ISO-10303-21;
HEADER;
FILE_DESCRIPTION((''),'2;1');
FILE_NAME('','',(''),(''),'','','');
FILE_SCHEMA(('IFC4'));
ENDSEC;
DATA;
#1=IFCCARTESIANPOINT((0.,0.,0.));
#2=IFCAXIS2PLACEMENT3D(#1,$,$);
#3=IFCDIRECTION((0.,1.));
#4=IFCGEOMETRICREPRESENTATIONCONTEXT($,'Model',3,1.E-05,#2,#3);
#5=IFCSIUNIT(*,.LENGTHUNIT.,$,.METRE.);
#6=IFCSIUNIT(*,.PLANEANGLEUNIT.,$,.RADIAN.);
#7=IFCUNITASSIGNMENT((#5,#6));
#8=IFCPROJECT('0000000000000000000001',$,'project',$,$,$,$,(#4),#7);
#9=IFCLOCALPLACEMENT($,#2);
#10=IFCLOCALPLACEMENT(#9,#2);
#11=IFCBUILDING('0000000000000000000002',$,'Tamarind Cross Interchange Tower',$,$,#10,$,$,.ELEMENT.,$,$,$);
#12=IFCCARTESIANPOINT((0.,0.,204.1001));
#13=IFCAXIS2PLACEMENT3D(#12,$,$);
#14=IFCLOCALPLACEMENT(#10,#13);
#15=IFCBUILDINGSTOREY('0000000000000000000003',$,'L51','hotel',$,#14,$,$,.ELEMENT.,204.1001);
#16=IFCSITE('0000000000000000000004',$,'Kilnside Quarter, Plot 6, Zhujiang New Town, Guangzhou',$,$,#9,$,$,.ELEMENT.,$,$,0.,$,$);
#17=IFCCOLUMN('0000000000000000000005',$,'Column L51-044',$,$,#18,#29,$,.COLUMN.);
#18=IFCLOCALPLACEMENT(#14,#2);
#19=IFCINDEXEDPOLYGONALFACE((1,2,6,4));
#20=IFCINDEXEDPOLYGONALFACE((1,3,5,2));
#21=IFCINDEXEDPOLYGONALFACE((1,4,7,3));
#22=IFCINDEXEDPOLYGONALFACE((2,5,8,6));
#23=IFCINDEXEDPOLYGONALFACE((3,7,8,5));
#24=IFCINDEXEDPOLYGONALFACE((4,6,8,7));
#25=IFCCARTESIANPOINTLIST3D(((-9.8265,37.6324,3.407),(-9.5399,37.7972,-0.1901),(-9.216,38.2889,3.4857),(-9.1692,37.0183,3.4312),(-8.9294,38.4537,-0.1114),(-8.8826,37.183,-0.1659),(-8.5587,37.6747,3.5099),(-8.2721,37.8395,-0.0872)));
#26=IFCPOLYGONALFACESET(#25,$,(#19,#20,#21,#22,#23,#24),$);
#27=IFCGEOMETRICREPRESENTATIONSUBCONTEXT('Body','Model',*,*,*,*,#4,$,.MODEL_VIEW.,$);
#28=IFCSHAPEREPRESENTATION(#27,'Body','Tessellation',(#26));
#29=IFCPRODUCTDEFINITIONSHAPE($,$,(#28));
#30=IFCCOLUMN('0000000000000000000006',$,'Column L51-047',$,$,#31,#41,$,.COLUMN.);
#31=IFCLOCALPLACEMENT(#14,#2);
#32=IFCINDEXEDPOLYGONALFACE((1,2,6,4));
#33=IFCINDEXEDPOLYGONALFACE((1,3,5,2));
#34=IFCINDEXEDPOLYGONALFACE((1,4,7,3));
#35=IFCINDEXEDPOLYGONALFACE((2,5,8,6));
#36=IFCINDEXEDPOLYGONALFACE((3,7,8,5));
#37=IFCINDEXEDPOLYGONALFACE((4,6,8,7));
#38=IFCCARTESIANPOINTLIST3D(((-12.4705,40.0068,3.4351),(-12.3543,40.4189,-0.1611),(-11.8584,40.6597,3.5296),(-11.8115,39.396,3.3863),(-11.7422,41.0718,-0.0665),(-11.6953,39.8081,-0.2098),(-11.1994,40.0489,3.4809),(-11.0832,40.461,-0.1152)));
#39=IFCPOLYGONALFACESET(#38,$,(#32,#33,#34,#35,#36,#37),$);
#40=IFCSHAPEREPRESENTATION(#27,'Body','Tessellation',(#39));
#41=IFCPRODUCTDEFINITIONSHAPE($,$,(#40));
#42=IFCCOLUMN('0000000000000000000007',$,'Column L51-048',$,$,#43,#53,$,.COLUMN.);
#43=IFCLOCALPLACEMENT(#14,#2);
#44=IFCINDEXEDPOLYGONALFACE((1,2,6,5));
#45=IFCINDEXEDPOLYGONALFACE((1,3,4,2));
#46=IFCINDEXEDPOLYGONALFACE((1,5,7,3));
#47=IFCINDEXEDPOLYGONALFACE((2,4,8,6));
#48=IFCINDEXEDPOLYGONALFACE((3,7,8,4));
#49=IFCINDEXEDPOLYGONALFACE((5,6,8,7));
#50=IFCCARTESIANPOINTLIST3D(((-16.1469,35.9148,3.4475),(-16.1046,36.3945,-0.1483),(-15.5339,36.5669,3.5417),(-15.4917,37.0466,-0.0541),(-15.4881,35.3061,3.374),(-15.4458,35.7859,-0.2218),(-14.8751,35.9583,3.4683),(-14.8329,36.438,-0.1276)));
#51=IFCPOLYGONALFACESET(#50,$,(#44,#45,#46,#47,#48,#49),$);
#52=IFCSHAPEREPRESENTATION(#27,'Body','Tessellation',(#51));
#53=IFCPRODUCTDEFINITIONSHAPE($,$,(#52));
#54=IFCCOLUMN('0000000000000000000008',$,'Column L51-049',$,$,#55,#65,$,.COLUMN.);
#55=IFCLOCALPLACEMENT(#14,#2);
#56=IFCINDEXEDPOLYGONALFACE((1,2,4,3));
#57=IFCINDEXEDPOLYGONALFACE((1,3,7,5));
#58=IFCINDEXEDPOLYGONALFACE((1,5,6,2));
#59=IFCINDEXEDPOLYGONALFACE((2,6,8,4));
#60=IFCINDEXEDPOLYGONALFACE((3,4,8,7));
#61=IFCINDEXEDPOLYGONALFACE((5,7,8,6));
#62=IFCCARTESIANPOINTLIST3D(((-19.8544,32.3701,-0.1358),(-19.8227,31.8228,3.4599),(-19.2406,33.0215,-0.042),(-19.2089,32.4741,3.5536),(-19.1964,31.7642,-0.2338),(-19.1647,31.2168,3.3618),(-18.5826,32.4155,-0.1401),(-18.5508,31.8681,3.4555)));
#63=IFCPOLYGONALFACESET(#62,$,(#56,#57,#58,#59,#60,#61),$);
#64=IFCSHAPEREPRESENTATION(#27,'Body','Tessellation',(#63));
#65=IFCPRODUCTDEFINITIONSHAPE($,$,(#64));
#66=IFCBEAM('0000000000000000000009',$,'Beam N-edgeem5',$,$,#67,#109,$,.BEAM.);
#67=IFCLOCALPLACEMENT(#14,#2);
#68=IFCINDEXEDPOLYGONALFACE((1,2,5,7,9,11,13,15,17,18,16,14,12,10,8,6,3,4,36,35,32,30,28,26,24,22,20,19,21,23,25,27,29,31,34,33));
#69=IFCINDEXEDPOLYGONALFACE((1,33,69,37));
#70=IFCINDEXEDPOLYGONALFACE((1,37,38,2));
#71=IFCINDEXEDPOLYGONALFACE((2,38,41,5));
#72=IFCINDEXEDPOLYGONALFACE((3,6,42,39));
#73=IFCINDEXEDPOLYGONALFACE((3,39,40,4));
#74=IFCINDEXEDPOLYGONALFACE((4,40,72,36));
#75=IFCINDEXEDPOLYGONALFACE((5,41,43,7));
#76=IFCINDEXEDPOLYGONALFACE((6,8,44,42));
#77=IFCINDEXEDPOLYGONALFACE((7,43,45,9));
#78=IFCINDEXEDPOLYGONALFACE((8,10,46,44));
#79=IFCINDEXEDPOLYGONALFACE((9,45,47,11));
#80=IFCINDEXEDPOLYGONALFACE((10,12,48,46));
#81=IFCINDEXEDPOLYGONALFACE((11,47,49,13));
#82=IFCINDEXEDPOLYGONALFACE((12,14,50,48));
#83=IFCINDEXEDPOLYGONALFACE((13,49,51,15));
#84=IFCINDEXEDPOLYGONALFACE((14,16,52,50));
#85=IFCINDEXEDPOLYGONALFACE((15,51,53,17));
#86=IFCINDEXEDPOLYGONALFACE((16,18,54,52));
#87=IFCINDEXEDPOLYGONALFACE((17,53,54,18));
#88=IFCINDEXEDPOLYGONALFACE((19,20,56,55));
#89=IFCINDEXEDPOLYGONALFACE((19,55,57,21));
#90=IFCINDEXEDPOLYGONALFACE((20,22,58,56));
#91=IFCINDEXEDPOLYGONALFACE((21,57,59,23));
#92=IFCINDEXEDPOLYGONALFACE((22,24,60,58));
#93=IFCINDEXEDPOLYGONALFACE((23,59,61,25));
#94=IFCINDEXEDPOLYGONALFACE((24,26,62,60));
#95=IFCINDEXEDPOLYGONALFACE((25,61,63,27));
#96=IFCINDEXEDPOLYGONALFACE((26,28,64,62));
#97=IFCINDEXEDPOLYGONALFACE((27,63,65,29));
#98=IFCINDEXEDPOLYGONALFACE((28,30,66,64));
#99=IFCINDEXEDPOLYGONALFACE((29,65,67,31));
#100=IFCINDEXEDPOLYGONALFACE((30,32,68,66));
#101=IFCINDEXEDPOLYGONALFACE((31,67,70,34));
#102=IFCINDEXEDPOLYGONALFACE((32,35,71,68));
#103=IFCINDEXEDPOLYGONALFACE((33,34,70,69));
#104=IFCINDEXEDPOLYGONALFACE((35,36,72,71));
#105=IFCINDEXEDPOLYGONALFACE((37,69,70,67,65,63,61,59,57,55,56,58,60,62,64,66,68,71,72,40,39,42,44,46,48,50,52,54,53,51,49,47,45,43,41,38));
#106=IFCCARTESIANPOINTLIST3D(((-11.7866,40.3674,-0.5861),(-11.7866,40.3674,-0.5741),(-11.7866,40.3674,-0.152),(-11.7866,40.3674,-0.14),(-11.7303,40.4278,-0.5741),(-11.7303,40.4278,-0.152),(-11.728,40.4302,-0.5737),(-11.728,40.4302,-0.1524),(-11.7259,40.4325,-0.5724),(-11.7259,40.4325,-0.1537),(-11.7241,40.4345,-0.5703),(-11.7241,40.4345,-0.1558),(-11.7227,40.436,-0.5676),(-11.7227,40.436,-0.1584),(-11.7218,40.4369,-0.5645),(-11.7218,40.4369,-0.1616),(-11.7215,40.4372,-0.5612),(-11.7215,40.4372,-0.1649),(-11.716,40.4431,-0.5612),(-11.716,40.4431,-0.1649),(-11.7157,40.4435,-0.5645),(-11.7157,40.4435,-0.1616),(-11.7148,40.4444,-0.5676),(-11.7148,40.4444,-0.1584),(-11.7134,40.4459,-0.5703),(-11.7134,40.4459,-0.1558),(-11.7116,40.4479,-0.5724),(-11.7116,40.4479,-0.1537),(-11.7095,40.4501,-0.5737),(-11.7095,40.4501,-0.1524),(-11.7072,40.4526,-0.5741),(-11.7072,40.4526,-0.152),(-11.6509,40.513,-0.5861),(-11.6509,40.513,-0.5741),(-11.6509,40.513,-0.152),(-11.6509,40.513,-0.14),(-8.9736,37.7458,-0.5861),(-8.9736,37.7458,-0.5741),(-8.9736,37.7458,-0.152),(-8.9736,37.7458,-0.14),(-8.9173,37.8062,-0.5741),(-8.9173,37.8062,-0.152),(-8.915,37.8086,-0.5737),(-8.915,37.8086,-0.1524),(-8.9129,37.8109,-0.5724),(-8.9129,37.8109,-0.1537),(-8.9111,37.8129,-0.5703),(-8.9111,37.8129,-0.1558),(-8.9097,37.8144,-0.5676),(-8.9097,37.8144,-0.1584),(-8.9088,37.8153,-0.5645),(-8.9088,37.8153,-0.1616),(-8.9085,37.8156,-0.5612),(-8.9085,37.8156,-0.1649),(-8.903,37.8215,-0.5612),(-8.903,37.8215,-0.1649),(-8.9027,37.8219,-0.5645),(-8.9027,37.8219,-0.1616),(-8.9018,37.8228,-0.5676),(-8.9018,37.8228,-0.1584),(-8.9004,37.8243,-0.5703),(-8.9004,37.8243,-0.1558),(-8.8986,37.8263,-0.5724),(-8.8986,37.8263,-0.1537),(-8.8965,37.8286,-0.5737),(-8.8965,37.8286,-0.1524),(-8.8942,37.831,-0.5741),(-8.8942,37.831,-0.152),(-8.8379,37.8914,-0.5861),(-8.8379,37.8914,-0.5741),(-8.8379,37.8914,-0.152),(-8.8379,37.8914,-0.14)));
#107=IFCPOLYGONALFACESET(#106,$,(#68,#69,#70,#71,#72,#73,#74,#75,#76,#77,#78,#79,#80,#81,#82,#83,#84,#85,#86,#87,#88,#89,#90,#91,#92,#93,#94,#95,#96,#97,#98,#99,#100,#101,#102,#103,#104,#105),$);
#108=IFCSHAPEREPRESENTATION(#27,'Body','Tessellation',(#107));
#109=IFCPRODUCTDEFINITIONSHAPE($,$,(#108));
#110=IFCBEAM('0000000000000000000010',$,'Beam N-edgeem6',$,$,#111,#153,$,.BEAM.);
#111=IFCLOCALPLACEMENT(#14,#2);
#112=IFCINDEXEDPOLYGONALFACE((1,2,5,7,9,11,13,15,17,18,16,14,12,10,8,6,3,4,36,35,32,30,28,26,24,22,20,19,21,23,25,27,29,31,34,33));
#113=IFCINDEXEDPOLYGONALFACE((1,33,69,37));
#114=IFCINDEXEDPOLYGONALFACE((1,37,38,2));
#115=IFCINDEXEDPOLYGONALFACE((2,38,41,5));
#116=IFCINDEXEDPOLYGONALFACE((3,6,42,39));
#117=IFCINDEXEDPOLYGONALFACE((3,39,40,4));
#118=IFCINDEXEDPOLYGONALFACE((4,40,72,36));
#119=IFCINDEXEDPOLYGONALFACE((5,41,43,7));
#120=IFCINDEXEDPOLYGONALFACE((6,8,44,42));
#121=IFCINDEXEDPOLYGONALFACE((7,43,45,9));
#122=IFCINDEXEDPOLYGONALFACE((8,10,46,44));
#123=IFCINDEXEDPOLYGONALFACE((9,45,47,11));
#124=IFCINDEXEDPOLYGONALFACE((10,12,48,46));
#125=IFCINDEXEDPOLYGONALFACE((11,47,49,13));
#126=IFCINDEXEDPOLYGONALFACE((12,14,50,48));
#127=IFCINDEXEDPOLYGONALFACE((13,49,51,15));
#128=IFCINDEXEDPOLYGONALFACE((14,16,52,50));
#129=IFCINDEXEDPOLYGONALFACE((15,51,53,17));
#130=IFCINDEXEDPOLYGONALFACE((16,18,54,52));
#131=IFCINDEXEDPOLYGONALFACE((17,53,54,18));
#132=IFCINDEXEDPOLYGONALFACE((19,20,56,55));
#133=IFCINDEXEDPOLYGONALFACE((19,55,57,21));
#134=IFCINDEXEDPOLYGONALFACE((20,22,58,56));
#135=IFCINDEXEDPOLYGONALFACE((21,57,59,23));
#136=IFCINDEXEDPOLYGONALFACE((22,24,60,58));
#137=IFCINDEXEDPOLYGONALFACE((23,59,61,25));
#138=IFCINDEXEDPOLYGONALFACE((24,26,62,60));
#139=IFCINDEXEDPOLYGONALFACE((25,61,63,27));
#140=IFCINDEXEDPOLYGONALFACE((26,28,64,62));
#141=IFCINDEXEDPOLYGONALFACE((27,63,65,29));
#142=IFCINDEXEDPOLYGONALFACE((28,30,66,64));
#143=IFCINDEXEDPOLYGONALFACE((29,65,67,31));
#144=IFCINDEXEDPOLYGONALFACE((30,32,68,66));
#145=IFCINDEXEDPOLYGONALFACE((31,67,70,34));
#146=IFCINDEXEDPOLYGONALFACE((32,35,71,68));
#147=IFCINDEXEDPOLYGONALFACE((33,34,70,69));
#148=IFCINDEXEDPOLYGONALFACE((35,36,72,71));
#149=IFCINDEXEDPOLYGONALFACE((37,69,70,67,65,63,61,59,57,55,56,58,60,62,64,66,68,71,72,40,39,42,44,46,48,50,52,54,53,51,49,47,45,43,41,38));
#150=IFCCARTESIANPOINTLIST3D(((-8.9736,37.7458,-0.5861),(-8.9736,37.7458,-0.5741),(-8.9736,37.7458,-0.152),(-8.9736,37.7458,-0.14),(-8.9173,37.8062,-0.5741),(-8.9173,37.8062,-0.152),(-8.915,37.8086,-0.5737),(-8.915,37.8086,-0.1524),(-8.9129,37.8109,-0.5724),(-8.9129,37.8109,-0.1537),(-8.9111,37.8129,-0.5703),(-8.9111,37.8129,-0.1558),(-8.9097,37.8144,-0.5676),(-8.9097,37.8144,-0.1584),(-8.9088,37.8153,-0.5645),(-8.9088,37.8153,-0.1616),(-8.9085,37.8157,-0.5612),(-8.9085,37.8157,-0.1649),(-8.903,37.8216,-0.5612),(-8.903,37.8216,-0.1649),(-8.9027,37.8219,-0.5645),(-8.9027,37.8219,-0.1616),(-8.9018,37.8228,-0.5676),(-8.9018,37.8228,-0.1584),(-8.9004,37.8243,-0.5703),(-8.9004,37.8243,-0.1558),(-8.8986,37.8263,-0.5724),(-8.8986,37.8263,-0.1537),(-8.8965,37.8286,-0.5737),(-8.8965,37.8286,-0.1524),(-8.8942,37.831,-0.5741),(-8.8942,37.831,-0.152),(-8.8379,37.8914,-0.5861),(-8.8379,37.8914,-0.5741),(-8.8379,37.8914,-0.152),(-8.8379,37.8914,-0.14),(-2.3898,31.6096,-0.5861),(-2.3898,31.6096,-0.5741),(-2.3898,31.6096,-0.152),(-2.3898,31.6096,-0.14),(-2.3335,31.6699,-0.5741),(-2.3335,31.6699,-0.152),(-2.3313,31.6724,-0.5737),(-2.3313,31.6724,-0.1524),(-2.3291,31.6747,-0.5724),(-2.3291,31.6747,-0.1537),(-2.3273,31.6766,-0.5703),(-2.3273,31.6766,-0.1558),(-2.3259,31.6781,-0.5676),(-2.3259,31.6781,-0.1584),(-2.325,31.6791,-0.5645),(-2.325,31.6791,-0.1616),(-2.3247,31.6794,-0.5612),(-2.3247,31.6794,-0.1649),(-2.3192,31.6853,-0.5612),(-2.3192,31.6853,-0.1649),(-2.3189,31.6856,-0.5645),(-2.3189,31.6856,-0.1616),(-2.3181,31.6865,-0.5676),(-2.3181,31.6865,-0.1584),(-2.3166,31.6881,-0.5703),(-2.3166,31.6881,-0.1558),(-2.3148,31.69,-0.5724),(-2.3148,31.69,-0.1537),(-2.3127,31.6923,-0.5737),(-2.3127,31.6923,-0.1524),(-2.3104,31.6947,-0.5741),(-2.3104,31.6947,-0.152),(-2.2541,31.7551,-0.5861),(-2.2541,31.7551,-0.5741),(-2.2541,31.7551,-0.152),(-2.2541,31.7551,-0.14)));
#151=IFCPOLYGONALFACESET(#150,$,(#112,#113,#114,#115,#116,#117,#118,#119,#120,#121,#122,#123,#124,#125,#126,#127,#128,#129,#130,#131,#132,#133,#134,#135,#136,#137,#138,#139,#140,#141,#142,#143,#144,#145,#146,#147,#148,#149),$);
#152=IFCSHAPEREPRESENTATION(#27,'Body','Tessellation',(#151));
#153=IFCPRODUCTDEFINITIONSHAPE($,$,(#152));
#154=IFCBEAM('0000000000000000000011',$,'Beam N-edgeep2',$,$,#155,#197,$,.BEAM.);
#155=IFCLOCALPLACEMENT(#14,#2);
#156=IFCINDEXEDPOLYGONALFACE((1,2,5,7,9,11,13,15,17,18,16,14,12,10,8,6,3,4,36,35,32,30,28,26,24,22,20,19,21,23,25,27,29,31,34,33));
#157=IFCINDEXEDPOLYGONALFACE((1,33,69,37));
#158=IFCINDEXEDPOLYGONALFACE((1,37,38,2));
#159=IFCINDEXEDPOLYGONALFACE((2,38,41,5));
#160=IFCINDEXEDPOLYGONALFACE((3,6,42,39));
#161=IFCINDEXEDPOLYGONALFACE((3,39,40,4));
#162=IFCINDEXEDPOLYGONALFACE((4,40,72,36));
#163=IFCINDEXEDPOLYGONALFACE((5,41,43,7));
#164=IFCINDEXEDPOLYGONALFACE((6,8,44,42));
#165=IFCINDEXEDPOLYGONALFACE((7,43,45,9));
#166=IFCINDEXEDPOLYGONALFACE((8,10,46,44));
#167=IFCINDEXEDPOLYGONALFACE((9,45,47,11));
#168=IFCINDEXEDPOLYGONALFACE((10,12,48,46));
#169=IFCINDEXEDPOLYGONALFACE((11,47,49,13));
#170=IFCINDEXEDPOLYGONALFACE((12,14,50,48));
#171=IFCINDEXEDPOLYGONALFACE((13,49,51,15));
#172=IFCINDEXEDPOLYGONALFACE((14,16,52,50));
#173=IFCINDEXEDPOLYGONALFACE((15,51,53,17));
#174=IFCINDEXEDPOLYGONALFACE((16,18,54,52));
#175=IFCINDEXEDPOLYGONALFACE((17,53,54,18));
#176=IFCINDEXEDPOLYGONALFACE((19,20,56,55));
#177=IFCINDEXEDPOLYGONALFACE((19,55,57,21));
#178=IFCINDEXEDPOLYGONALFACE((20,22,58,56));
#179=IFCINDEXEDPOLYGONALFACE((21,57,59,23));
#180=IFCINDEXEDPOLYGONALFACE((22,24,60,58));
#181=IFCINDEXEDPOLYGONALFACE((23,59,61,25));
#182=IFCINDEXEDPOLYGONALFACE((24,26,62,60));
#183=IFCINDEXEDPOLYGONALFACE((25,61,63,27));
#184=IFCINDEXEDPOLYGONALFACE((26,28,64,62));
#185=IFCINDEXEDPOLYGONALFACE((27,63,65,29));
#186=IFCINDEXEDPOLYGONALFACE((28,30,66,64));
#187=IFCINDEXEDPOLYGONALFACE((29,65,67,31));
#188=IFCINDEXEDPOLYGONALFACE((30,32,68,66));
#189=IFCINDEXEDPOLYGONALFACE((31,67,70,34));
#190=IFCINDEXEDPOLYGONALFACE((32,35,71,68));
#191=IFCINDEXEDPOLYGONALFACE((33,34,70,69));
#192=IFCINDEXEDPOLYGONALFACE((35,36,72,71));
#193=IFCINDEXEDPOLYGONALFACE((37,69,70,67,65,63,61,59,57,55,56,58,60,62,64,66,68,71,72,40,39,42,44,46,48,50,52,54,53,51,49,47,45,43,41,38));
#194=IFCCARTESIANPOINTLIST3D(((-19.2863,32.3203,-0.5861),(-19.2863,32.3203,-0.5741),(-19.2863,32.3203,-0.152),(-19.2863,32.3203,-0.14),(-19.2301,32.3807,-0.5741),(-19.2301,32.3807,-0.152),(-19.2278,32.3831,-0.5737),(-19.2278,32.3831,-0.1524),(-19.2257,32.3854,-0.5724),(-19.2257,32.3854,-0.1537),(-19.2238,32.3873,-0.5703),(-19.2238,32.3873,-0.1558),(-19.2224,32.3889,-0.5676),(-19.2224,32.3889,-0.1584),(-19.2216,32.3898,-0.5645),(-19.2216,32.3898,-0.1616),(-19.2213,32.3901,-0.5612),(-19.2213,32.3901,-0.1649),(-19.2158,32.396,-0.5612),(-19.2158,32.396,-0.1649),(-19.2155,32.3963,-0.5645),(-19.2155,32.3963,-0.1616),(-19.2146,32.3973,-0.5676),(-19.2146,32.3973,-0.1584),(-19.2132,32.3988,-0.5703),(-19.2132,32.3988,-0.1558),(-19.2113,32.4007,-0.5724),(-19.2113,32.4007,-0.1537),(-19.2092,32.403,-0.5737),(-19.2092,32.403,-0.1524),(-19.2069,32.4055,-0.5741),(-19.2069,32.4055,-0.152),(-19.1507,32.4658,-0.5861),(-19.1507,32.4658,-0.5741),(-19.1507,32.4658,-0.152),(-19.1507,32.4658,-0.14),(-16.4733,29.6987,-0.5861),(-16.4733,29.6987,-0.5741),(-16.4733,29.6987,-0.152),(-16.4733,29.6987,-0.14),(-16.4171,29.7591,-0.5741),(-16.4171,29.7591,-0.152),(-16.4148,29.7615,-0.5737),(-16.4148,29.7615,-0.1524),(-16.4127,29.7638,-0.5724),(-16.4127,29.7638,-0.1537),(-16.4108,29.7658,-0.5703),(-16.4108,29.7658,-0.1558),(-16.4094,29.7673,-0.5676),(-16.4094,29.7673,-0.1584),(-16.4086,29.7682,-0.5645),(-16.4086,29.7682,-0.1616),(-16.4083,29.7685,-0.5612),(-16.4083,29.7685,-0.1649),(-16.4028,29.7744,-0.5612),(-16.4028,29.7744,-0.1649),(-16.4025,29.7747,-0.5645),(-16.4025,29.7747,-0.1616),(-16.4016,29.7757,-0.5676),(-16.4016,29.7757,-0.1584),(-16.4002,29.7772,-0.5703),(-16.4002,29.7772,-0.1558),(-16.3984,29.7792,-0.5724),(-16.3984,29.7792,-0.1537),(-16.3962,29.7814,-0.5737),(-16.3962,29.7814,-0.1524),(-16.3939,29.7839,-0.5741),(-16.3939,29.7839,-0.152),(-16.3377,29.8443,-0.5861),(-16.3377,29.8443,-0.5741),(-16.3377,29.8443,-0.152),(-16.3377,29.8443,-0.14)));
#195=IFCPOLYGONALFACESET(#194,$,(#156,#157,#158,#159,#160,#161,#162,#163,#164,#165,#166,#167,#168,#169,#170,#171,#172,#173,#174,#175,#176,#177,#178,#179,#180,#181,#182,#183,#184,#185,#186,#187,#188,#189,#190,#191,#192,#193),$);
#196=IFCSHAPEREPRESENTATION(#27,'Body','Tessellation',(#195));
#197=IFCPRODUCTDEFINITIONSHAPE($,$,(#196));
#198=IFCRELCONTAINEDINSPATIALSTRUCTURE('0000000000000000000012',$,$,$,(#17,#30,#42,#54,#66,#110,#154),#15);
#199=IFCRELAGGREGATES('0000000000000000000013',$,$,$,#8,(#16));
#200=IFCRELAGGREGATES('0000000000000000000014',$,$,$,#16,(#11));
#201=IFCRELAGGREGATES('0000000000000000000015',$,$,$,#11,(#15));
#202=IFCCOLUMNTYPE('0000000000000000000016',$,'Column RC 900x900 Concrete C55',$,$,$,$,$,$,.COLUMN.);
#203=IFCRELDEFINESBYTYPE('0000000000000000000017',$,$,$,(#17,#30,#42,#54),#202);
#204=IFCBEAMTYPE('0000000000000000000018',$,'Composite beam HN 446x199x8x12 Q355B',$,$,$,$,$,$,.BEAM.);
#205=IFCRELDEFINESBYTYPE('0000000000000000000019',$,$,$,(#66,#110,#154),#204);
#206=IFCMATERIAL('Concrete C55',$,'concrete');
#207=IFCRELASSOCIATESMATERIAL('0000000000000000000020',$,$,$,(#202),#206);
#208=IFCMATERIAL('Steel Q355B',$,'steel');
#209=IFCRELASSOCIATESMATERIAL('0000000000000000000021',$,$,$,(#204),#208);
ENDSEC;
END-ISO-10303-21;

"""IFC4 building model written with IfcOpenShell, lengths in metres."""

from ifc_helpers import new_model, si_unit, direction, frame, origin, origin_2d, place, context, subcontext, project, spatial, rectangle, i_section, extrude, material, material_profile, profile_set, type_object, element, save


model = new_model("IFC4")

# Units and contexts
model_context = context("Model", 3, precision=1e-05, world=origin(), true_north=direction((0.0, 1.0)))
body_context = subcontext(model_context, "Body", "Model", "MODEL_VIEW")
ifc_project = project(units=[si_unit("LENGTHUNIT", "METRE"), si_unit("PLANEANGLEUNIT", "RADIAN")], contexts=[model_context])

# Site, building, storey
site_placement = place(None, origin())
site = spatial("IfcSite", under=ifc_project, at=site_placement, Name="Kilnside Quarter, Plot 6, Zhujiang New Town, Guangzhou", CompositionType="ELEMENT", RefElevation=0.0)
building_placement = place(site_placement, origin())
building = spatial("IfcBuilding", under=site, at=building_placement, Name="Tamarind Cross Interchange Tower", CompositionType="ELEMENT")
storey_placement = place(building_placement, frame((0.0, 0.0, 204.1001)))
storey = spatial("IfcBuildingStorey", under=building, at=storey_placement, Name="L51", Description="hotel", CompositionType="ELEMENT", Elevation=204.1001)

# Columns
ifc_material_1 = material(Name="Concrete C55", Category="concrete")
ifc_material_profile_1 = material_profile(ifc_material_1, rectangle(XDim=0.8999, YDim=0.8999, at=origin_2d()), Name="RC 900x900")
ifc_profile_set_1 = profile_set([ifc_material_profile_1], Name="Concrete C55")
column_type = type_object("IfcColumnType", Name="Column RC 900x900 Concrete C55", PredefinedType="COLUMN", material=ifc_profile_set_1)
column_1_placement = place(storey_placement, frame((-8.906, 37.8184, -0.1387), z_axis=(-0.079345, -0.04562, 0.995803), x_axis=(0.730415, -0.682472, 0.026934)))
element("IfcColumn", 1, at=column_1_placement, inside=storey, type_object=column_type, Name="Column L51-044", PredefinedType="COLUMN", context=body_context, shape_type="SweptSolid", body=[
    extrude(rectangle(XDim=0.8999, YDim=0.8999, at=origin_2d()), origin(), (0.0, 0.0, 1.0), 3.6123),
])
column_2_placement = place(storey_placement, frame((-11.7188, 40.4399, -0.1382), z_axis=(-0.032088, -0.113792, 0.992986), x_axis=(0.680161, 0.725487, 0.105117)))
element("IfcColumn", 2, at=column_2_placement, inside=storey, type_object=column_type, Name="Column L51-047", PredefinedType="COLUMN", context=body_context, shape_type="SweptSolid", body=[
    extrude(rectangle(XDim=0.8999, YDim=0.8999, at=origin_2d()), origin(), (0.0, 0.0, 1.0), 3.6216),
])
column_3_placement = place(storey_placement, frame((-15.4688, 36.4163, -0.1379), z_axis=(-0.011642, -0.132239, 0.99115), x_axis=(0.681125, 0.724645, 0.104682)))
element("IfcColumn", 3, at=column_3_placement, inside=storey, type_object=column_type, Name="Column L51-048", PredefinedType="COLUMN", context=body_context, shape_type="SweptSolid", body=[
    extrude(rectangle(XDim=0.8999, YDim=0.8999, at=origin_2d()), origin(), (0.0, 0.0, 1.0), 3.6279),
])
column_4_placement = place(storey_placement, frame((-19.2185, 32.3928, -0.1379), z_axis=(0.008726, -0.150488, 0.988573), x_axis=(0.682102, 0.7238, 0.104161)))
element("IfcColumn", 4, at=column_4_placement, inside=storey, type_object=column_type, Name="Column L51-049", PredefinedType="COLUMN", context=body_context, shape_type="SweptSolid", body=[
    extrude(rectangle(XDim=0.8999, YDim=0.8999, at=origin_2d()), origin(), (0.0, 0.0, 1.0), 3.6372),
])

# Beams
ifc_material_2 = material(Name="Steel Q355B", Category="steel")
ifc_material_profile_2 = material_profile(ifc_material_2, i_section(OverallWidth=0.199, OverallDepth=0.446, WebThickness=0.0081, FlangeThickness=0.012, FilletRadius=0.0129, at=origin_2d()), Name="HN 446x199x8x12")
ifc_profile_set_2 = profile_set([ifc_material_profile_2], Name="Steel Q355B")
beam_type_1 = type_object("IfcBeamType", Name="Composite beam HN 446x199x8x12 Q355B", PredefinedType="BEAM", material=ifc_profile_set_2)
beam_1_placement = place(storey_placement, frame((-11.7188, 40.4402, -0.363), z_axis=(0.731558, -0.68178, 0.0), x_axis=(0.68178, 0.731558, 0.0)))
element("IfcBeam", 5, at=beam_1_placement, inside=storey, type_object=beam_type_1, Name="Beam N-edgeem5", PredefinedType="BEAM", context=body_context, shape_type="SweptSolid", body=[
    extrude(i_section(OverallWidth=0.199, OverallDepth=0.446, WebThickness=0.0081, FlangeThickness=0.012, FilletRadius=0.0129, at=origin_2d()), origin(), (0.0, 0.0, 1.0), 3.8452),
])
beam_2_placement = place(storey_placement, frame((-8.9058, 37.8186, -0.363), z_axis=(0.731531, -0.681808, 0.0), x_axis=(0.681808, 0.731531, 0.0)))
element("IfcBeam", 6, at=beam_2_placement, inside=storey, type_object=beam_type_1, Name="Beam N-edgeem6", PredefinedType="BEAM", context=body_context, shape_type="SweptSolid", body=[
    extrude(i_section(OverallWidth=0.199, OverallDepth=0.446, WebThickness=0.0081, FlangeThickness=0.012, FilletRadius=0.0129, at=origin_2d()), origin(), (0.0, 0.0, 1.0), 9.0),
])
beam_3_placement = place(storey_placement, frame((-19.2185, 32.3931, -0.363), z_axis=(0.731558, -0.68178, 0.0), x_axis=(0.68178, 0.731558, 0.0)))
element("IfcBeam", 7, at=beam_3_placement, inside=storey, type_object=beam_type_1, Name="Beam N-edgeep2", PredefinedType="BEAM", context=body_context, shape_type="SweptSolid", body=[
    extrude(i_section(OverallWidth=0.199, OverallDepth=0.446, WebThickness=0.0081, FlangeThickness=0.012, FilletRadius=0.0129, at=origin_2d()), origin(), (0.0, 0.0, 1.0), 3.8452),
])

save(model, "model.ifc")
